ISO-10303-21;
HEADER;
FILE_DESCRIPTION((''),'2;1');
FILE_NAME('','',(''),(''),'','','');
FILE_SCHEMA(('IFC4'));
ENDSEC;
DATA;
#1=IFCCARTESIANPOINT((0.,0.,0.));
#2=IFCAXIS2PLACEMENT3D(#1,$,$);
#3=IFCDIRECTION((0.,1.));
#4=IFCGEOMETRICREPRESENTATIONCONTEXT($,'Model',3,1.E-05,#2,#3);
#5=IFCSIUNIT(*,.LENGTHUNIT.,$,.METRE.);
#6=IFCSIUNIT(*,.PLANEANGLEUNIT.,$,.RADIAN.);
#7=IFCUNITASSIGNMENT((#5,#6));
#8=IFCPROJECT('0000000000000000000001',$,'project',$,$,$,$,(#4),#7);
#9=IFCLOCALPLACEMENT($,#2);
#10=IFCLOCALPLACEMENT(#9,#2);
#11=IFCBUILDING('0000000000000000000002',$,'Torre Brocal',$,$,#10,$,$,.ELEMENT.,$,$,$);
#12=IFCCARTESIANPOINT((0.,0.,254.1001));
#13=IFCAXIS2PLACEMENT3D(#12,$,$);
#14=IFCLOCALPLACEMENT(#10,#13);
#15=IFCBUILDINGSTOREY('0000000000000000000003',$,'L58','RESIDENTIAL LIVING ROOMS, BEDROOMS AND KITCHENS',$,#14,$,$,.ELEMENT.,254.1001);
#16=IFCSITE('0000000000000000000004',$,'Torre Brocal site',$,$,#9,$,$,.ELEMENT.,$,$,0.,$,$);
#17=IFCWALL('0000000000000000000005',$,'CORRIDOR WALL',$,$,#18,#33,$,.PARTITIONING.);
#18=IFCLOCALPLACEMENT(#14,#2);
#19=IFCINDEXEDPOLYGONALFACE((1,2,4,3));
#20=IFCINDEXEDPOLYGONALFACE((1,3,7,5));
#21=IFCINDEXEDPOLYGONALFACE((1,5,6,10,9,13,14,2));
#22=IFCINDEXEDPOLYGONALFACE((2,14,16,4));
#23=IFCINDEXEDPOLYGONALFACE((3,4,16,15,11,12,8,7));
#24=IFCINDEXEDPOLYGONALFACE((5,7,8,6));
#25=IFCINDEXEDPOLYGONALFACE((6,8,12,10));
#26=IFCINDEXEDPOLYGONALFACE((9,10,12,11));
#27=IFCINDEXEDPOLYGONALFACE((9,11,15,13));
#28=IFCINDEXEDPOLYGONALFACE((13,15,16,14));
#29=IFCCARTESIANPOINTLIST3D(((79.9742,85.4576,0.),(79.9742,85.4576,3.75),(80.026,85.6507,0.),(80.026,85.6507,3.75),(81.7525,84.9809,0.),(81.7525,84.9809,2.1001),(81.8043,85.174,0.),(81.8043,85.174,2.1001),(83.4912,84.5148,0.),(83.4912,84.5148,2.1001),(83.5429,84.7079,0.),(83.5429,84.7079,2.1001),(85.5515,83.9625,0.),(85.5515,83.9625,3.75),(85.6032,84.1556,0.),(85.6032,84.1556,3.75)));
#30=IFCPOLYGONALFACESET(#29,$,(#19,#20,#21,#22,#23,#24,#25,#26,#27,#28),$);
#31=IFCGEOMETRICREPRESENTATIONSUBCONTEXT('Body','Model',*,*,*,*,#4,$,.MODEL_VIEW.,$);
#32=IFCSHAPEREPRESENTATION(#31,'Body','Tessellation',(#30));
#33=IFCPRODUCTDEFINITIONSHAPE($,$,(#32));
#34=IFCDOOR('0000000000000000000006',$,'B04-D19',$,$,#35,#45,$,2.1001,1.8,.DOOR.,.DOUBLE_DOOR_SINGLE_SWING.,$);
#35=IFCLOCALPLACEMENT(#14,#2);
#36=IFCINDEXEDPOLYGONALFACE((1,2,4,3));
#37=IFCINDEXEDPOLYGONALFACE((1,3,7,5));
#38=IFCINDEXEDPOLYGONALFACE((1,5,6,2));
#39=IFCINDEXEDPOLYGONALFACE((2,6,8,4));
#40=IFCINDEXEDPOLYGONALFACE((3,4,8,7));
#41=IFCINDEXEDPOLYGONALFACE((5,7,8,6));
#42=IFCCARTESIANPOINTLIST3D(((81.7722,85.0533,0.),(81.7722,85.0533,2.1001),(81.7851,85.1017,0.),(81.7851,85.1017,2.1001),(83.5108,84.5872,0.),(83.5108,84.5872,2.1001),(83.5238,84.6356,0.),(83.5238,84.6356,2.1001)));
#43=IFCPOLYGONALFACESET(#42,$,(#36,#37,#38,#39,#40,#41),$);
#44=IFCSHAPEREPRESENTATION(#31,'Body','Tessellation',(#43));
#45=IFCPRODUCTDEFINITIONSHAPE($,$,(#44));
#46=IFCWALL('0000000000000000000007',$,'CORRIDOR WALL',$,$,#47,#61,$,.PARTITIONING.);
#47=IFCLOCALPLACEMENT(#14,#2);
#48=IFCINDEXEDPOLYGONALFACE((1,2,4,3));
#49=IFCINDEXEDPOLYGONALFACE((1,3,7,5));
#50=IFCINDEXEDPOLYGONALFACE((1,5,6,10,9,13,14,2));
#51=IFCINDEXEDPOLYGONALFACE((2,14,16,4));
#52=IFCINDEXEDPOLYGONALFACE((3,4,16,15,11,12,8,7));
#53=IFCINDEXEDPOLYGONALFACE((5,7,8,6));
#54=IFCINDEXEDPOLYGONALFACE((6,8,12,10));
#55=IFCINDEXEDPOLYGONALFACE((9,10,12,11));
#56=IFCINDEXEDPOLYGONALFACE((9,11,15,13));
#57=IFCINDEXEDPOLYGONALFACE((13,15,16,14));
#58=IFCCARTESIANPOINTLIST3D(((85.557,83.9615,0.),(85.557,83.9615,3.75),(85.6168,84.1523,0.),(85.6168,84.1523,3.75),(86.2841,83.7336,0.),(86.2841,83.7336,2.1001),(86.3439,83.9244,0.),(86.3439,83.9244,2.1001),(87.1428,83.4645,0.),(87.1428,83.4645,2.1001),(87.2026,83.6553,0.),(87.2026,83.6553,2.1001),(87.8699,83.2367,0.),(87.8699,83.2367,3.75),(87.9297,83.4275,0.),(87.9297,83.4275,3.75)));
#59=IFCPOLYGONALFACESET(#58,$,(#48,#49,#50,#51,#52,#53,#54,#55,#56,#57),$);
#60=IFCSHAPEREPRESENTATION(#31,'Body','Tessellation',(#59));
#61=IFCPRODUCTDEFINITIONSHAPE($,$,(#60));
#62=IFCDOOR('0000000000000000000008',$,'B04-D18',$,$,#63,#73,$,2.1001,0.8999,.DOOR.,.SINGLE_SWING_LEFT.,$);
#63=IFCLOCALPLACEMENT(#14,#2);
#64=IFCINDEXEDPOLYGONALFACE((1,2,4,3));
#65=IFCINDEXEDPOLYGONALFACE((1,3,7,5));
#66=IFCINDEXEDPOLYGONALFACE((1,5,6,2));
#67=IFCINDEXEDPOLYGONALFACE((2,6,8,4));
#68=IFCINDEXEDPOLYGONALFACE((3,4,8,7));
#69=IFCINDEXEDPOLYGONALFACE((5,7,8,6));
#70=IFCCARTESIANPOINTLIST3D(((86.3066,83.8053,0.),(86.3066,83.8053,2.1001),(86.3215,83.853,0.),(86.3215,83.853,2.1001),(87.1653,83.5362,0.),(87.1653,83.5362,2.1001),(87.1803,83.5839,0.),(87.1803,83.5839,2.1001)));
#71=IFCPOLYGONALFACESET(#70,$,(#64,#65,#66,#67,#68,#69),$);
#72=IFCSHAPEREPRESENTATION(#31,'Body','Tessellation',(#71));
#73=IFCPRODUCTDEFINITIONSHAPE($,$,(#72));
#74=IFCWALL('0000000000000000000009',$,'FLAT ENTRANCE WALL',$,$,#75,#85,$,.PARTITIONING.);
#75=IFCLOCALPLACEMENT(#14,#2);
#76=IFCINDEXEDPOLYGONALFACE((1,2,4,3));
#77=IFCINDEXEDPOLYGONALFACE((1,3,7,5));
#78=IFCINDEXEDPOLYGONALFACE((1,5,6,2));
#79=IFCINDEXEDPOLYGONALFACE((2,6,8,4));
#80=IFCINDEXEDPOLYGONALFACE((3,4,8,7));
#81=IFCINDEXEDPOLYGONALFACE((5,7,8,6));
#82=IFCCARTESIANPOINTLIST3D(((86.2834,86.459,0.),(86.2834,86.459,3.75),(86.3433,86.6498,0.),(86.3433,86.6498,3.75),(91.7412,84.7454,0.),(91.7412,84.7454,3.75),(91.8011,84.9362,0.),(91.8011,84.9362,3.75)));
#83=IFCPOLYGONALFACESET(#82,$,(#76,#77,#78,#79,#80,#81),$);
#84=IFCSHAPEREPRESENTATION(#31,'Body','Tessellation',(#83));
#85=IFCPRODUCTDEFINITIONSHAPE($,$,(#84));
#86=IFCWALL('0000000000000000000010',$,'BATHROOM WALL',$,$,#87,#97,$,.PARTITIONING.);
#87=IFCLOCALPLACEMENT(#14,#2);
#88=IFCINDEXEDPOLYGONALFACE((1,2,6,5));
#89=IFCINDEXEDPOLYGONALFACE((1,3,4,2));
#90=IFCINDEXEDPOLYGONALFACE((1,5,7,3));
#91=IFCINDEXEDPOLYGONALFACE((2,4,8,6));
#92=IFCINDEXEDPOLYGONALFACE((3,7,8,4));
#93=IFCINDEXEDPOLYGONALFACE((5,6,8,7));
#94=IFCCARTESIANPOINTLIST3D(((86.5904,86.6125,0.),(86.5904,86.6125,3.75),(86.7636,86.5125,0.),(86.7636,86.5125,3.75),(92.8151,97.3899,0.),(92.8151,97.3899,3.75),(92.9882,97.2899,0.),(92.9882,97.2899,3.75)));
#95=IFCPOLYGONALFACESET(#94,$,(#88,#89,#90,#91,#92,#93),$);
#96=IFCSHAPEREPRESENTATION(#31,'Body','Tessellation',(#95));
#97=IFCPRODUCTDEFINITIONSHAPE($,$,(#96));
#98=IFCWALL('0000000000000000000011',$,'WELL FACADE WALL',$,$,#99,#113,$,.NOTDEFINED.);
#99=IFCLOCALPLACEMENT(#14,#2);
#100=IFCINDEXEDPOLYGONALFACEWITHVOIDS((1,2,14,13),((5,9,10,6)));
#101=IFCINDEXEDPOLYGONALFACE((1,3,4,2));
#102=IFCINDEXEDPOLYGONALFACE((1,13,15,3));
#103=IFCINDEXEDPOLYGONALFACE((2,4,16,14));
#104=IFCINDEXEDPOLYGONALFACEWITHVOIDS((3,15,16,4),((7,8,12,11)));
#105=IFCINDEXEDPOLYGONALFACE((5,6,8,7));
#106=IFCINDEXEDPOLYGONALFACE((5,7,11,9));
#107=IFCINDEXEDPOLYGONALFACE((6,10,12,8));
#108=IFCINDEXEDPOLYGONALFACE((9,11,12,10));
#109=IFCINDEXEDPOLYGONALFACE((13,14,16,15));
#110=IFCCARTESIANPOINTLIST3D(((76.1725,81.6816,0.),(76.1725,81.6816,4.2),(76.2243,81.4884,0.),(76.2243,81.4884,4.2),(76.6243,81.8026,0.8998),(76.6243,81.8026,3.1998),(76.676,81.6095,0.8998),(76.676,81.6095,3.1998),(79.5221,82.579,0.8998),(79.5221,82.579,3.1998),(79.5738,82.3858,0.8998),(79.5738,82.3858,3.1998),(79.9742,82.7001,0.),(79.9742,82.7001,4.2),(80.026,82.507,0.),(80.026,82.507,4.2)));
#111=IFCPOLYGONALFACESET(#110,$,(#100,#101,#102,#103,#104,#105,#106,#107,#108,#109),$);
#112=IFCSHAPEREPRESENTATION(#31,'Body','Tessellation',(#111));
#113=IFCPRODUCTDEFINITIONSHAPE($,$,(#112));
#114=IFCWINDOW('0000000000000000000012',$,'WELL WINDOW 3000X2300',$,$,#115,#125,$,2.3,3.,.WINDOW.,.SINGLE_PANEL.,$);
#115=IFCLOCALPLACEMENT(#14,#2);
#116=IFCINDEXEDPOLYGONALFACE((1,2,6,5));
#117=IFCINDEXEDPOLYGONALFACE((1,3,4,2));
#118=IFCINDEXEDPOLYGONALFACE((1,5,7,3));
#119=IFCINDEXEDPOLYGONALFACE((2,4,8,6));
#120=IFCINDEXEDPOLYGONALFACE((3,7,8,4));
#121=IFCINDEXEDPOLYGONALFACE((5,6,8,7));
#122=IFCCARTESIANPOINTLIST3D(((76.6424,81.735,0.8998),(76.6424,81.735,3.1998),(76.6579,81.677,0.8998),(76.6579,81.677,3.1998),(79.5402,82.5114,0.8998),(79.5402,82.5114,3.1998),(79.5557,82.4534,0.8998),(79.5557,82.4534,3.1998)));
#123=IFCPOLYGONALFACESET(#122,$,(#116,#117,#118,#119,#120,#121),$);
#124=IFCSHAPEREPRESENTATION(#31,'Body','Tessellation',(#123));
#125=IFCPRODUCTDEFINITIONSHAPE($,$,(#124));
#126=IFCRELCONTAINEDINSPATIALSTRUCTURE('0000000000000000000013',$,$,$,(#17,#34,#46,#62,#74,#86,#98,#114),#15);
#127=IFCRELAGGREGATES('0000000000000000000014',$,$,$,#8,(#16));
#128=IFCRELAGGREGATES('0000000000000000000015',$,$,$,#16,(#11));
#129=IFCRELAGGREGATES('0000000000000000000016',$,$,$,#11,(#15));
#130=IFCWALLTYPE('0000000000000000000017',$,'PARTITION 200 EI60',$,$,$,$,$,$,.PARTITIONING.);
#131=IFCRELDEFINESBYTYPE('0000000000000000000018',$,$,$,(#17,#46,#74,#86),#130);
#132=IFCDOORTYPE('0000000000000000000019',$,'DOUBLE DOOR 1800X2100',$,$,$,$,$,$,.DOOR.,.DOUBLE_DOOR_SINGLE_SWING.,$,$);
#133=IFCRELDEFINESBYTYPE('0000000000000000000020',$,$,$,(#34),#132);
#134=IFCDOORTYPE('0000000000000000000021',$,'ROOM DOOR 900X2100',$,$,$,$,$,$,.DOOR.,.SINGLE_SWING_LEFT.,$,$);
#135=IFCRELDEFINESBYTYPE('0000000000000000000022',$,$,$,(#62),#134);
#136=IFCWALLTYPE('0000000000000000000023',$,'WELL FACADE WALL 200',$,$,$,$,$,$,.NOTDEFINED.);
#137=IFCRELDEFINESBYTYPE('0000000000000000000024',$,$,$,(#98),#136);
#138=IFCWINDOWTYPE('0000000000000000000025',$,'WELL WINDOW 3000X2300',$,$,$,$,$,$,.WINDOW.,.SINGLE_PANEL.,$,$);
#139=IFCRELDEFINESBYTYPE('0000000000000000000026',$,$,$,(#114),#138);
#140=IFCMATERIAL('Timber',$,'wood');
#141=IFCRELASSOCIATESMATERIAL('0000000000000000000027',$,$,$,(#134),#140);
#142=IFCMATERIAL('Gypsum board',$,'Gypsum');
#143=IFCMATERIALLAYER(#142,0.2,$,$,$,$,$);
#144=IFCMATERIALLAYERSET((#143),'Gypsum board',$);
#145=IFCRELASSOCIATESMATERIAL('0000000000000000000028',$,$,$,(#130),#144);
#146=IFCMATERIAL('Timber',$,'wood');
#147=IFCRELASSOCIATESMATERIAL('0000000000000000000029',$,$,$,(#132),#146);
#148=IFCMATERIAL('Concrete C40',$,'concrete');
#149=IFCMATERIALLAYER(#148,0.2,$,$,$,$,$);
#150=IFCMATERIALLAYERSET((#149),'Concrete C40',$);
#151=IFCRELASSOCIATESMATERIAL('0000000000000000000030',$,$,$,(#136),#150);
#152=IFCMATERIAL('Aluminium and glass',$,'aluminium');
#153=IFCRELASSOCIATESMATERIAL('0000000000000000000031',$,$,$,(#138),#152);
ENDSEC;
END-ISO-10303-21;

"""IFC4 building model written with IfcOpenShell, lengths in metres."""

from ifc_helpers import new_model, si_unit, direction, frame, frame_2d, origin, place, context, subcontext, project, spatial, rectangle, extrude, material, layer, layer_set, type_object, element, fill, save


model = new_model("IFC4")

# Units and contexts
model_context = context("Model", 3, precision=1e-05, world=origin(), true_north=direction((0.0, 1.0)))
body_context = subcontext(model_context, "Body", "Model", "MODEL_VIEW")
ifc_project = project(units=[si_unit("LENGTHUNIT", "METRE"), si_unit("PLANEANGLEUNIT", "RADIAN")], contexts=[model_context])

# Site, building, storey
site_placement = place(None, origin())
site = spatial("IfcSite", under=ifc_project, at=site_placement, Name="Torre Brocal site", CompositionType="ELEMENT", RefElevation=0.0)
building_placement = place(site_placement, origin())
building = spatial("IfcBuilding", under=site, at=building_placement, Name="Torre Brocal", CompositionType="ELEMENT")
storey_placement = place(building_placement, frame((0.0, 0.0, 254.1001)))
storey = spatial("IfcBuildingStorey", under=building, at=storey_placement, Name="L58", Description="RESIDENTIAL LIVING ROOMS, BEDROOMS AND KITCHENS", CompositionType="ELEMENT", Elevation=254.1001)

# Shared definitions
ifc_material_1 = material(Name="Timber", Category="wood")
door_type_1 = type_object("IfcDoorType", Name="ROOM DOOR 900X2100", OperationType="SINGLE_SWING_LEFT", PredefinedType="DOOR", material=ifc_material_1)

# Walls, openings, doors
ifc_material_2 = material(Name="Gypsum board", Category="Gypsum")
ifc_layer_1 = layer(ifc_material_2, 0.2)
ifc_layer_set_1 = layer_set([ifc_layer_1], Name="Gypsum board")
wall_type_1 = type_object("IfcWallType", Name="PARTITION 200 EI60", PredefinedType="PARTITIONING", material=ifc_layer_set_1)
wall_1_placement = place(storey_placement, frame((80.0, 85.5542, 0.0), z_axis=(0.0, 0.0, 1.0), x_axis=(0.965894, -0.258936, 0.0)))
wall_1 = element("IfcWall", 1, at=wall_1_placement, inside=storey, type_object=wall_type_1, Name="CORRIDOR WALL", PredefinedType="PARTITIONING", context=body_context, shape_type="SweptSolid", body=[
    extrude(rectangle(XDim=5.7742, YDim=0.2, at=frame_2d((2.8872, 0.0))), origin(), (0.0, 0.0, 1.0), 3.75),
])
opening_1_placement = place(wall_1_placement, frame((1.8413, 0.0, 0.0)))
opening_1 = element("IfcOpeningElement", 2, at=opening_1_placement, cuts=wall_1, PredefinedType="OPENING", context=body_context, shape_type="SweptSolid", body=[
    extrude(rectangle(XDim=1.8, YDim=2.1001, at=frame_2d((0.8999, 1.05))), frame((0.0, 0.1099, 0.0), z_axis=(0.0, -1.0, 0.0), x_axis=(1.0, 0.0, 0.0)), (0.0, 0.0, 1.0), 0.22),
])
ifc_material_3 = material(Name="Timber", Category="wood")
door_type_2 = type_object("IfcDoorType", Name="DOUBLE DOOR 1800X2100", OperationType="DOUBLE_DOOR_SINGLE_SWING", PredefinedType="DOOR", material=ifc_material_3)
door_1_placement = place(opening_1_placement, frame((1.8, 0.0, 0.0), z_axis=(0.0, 0.0, 1.0), x_axis=(-1.0, 0.0, 0.0)))
door_1 = element("IfcDoor", 3, at=door_1_placement, inside=storey, type_object=door_type_2, Name="B04-D19", OperationType="DOUBLE_DOOR_SINGLE_SWING", OverallHeight=2.1001, OverallWidth=1.8, PredefinedType="DOOR", context=body_context, shape_type="SweptSolid", body=[
    extrude(rectangle(XDim=1.8, YDim=2.1001, at=frame_2d((0.8999, 1.05))), frame((0.0, 0.0249, 0.0), z_axis=(0.0, -1.0, 0.0), x_axis=(1.0, 0.0, 0.0)), (0.0, 0.0, 1.0), 0.05),
])
fill(opening_1, door_1)
wall_2_placement = place(storey_placement, frame((85.5869, 84.0569, 0.0), z_axis=(0.0, 0.0, 1.0), x_axis=(0.95424, -0.299043, 0.0)))
wall_2 = element("IfcWall", 4, at=wall_2_placement, inside=storey, type_object=wall_type_1, Name="CORRIDOR WALL", PredefinedType="PARTITIONING", context=body_context, shape_type="SweptSolid", body=[
    extrude(rectangle(XDim=2.4238, YDim=0.2, at=frame_2d((1.2119, 0.0))), origin(), (0.0, 0.0, 1.0), 3.75),
])
opening_2_placement = place(wall_2_placement, frame((0.762, 0.0, 0.0)))
opening_2 = element("IfcOpeningElement", 5, at=opening_2_placement, cuts=wall_2, PredefinedType="OPENING", context=body_context, shape_type="SweptSolid", body=[
    extrude(rectangle(XDim=0.8999, YDim=2.1001, at=frame_2d((0.45, 1.05))), frame((0.0, 0.1099, 0.0), z_axis=(0.0, -1.0, 0.0), x_axis=(1.0, 0.0, 0.0)), (0.0, 0.0, 1.0), 0.22),
])
door_2_placement = place(opening_2_placement, frame((0.8999, 0.0, 0.0), z_axis=(0.0, 0.0, 1.0), x_axis=(-1.0, 0.0, 0.0)))
door_2 = element("IfcDoor", 6, at=door_2_placement, inside=storey, type_object=door_type_1, Name="B04-D18", OperationType="SINGLE_SWING_LEFT", OverallHeight=2.1001, OverallWidth=0.8999, PredefinedType="DOOR", context=body_context, shape_type="SweptSolid", body=[
    extrude(rectangle(XDim=0.8999, YDim=2.1001, at=frame_2d((0.45, 1.05))), frame((0.0, 0.0249, 0.0), z_axis=(0.0, -1.0, 0.0), x_axis=(1.0, 0.0, 0.0)), (0.0, 0.0, 1.0), 0.05),
])
fill(opening_2, door_2)

# Walls
wall_3_placement = place(storey_placement, frame((86.3132, 86.5544, 0.0), z_axis=(0.0, 0.0, 1.0), x_axis=(0.954077, -0.29956, 0.0)))
element("IfcWall", 7, at=wall_3_placement, inside=storey, type_object=wall_type_1, Name="FLAT ENTRANCE WALL", PredefinedType="PARTITIONING", context=body_context, shape_type="SweptSolid", body=[
    extrude(rectangle(XDim=5.7205, YDim=0.2, at=frame_2d((2.8604, 0.0))), origin(), (0.0, 0.0, 1.0), 3.75),
])
wall_4_placement = place(storey_placement, frame((86.677, 86.5625, 0.0), z_axis=(0.0, 0.0, 1.0), x_axis=(0.500139, 0.865945, 0.0)))
element("IfcWall", 8, at=wall_4_placement, inside=storey, type_object=wall_type_1, Name="BATHROOM WALL", PredefinedType="PARTITIONING", context=body_context, shape_type="SweptSolid", body=[
    extrude(rectangle(XDim=12.4458, YDim=0.2, at=frame_2d((6.2229, 0.0))), origin(), (0.0, 0.0, 1.0), 3.75),
])

# Wall, opening, window
ifc_material_4 = material(Name="Concrete C40", Category="concrete")
ifc_layer_2 = layer(ifc_material_4, 0.2)
ifc_layer_set_2 = layer_set([ifc_layer_2], Name="Concrete C40")
wall_type_2 = type_object("IfcWallType", Name="WELL FACADE WALL 200", PredefinedType="NOTDEFINED", material=ifc_layer_set_2)
wall_5_placement = place(storey_placement, frame((80.0, 82.6035, 0.0), z_axis=(0.0, 0.0, 1.0), x_axis=(-0.965934, -0.25879, 0.0)))
wall_5 = element("IfcWall", 9, at=wall_5_placement, inside=storey, type_object=wall_type_2, Name="WELL FACADE WALL", PredefinedType="NOTDEFINED", context=body_context, shape_type="SweptSolid", body=[
    extrude(rectangle(XDim=3.9358, YDim=0.2, at=frame_2d((1.9678, 0.0))), origin(), (0.0, 0.0, 1.0), 4.2),
])
opening_3_placement = place(wall_5_placement, frame((0.468, 0.0, 0.8999)))
opening_3 = element("IfcOpeningElement", 10, at=opening_3_placement, cuts=wall_5, PredefinedType="OPENING", context=body_context, shape_type="SweptSolid", body=[
    extrude(rectangle(XDim=3.0, YDim=2.3, at=frame_2d((1.5, 1.1499))), frame((0.0, 0.1099, 0.0), z_axis=(0.0, -1.0, 0.0), x_axis=(1.0, 0.0, 0.0)), (0.0, 0.0, 1.0), 0.22),
])
ifc_material_5 = material(Name="Aluminium and glass", Category="aluminium")
window_type = type_object("IfcWindowType", Name="WELL WINDOW 3000X2300", PartitioningType="SINGLE_PANEL", PredefinedType="WINDOW", material=ifc_material_5)
window_placement = place(opening_3_placement, origin())
window = element("IfcWindow", 11, at=window_placement, inside=storey, type_object=window_type, Name="WELL WINDOW 3000X2300", OverallHeight=2.3, OverallWidth=3.0, PartitioningType="SINGLE_PANEL", PredefinedType="WINDOW", context=body_context, shape_type="SweptSolid", body=[
    extrude(rectangle(XDim=3.0, YDim=2.3, at=frame_2d((1.5, 1.1499))), frame((0.0, 0.03, 0.0), z_axis=(0.0, -1.0, 0.0), x_axis=(1.0, 0.0, 0.0)), (0.0, 0.0, 1.0), 0.0601),
])
fill(opening_3, window)

save(model, "model.ifc")
